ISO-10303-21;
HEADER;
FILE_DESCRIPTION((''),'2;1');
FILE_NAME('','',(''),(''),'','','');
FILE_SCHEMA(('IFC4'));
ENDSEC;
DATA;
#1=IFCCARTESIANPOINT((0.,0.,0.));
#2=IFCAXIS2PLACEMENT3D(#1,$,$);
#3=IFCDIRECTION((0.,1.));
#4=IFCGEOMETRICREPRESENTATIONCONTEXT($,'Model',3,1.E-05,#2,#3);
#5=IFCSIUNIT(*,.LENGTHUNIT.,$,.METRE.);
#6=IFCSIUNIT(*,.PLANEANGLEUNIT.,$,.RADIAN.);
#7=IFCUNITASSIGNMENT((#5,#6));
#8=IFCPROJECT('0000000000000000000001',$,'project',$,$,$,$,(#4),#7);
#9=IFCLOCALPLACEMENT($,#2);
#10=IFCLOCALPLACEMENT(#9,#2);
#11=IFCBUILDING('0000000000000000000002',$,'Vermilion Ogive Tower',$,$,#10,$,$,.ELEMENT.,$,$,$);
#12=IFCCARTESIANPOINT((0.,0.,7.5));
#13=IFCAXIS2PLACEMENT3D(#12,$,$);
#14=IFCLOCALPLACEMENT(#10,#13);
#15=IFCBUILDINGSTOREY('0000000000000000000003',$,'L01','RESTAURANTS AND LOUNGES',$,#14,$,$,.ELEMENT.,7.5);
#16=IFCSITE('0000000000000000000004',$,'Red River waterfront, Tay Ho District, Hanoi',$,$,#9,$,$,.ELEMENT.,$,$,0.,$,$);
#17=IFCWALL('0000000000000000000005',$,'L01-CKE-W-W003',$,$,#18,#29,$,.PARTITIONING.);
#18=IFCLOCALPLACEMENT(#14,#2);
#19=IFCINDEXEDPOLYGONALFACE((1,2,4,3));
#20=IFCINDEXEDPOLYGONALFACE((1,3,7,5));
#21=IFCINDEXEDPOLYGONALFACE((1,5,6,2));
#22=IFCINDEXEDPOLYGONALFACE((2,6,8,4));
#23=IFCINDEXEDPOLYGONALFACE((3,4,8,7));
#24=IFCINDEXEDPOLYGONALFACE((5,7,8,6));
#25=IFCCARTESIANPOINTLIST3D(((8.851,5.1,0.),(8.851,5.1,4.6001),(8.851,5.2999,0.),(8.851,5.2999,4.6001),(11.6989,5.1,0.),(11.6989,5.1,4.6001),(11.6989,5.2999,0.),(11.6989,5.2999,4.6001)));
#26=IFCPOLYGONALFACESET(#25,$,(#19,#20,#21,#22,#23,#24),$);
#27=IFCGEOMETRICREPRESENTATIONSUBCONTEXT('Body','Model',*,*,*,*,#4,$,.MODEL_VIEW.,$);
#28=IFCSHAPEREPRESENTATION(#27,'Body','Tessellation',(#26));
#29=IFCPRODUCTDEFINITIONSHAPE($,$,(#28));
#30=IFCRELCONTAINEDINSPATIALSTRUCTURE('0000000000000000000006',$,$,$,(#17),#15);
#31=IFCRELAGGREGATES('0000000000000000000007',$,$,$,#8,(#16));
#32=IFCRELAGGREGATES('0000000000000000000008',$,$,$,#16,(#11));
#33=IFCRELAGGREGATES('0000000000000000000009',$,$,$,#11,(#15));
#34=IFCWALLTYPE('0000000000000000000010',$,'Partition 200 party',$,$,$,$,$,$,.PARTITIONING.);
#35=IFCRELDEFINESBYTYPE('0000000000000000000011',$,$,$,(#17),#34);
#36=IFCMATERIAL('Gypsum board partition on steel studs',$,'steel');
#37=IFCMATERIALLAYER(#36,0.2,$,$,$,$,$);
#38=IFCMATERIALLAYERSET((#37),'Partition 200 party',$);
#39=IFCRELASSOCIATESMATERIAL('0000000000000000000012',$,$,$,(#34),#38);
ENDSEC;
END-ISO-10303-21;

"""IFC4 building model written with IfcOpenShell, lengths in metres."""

from ifc_helpers import new_model, si_unit, direction, frame, frame_2d, origin, place, context, subcontext, project, spatial, rectangle, extrude, material, layer, layer_set, type_object, element, save


model = new_model("IFC4")

# Units and contexts
model_context = context("Model", 3, precision=1e-05, world=origin(), true_north=direction((0.0, 1.0)))
body_context = subcontext(model_context, "Body", "Model", "MODEL_VIEW")
ifc_project = project(units=[si_unit("LENGTHUNIT", "METRE"), si_unit("PLANEANGLEUNIT", "RADIAN")], contexts=[model_context])

# Site, building, storey
site_placement = place(None, origin())
site = spatial("IfcSite", under=ifc_project, at=site_placement, Name="Red River waterfront, Tay Ho District, Hanoi", CompositionType="ELEMENT", RefElevation=0.0)
building_placement = place(site_placement, origin())
building = spatial("IfcBuilding", under=site, at=building_placement, Name="Vermilion Ogive Tower", CompositionType="ELEMENT")
storey_placement = place(building_placement, frame((0.0, 0.0, 7.5)))
storey = spatial("IfcBuildingStorey", under=building, at=storey_placement, Name="L01", Description="RESTAURANTS AND LOUNGES", CompositionType="ELEMENT", Elevation=7.5)

# Wall
ifc_material_1 = material(Name="Gypsum board partition on steel studs", Category="steel")
ifc_layer_1 = layer(ifc_material_1, 0.2)
ifc_layer_set_1 = layer_set([ifc_layer_1], Name="Partition 200 party")
wall_type_1 = type_object("IfcWallType", Name="Partition 200 party", PredefinedType="PARTITIONING", material=ifc_layer_set_1)
for number, where, z_axis, x_axis, name in (
    (1, (8.8511, 5.2, 0.0), (0.0, 0.0, 1.0), (1.0, 0.0, 0.0), "L01-CKE-W-W003"),
):
    element("IfcWall", number, at=place(storey_placement, frame(where, z_axis=z_axis, x_axis=x_axis)), inside=storey, type_object=wall_type_1, Name=name, PredefinedType="PARTITIONING", context=body_context, shape_type="SweptSolid", body=[
        extrude(rectangle(XDim=2.8479, YDim=0.2, at=frame_2d((1.4238, 0.0))), origin(), (0.0, 0.0, 1.0), 4.6001),
    ])

save(model, "model.ifc")
